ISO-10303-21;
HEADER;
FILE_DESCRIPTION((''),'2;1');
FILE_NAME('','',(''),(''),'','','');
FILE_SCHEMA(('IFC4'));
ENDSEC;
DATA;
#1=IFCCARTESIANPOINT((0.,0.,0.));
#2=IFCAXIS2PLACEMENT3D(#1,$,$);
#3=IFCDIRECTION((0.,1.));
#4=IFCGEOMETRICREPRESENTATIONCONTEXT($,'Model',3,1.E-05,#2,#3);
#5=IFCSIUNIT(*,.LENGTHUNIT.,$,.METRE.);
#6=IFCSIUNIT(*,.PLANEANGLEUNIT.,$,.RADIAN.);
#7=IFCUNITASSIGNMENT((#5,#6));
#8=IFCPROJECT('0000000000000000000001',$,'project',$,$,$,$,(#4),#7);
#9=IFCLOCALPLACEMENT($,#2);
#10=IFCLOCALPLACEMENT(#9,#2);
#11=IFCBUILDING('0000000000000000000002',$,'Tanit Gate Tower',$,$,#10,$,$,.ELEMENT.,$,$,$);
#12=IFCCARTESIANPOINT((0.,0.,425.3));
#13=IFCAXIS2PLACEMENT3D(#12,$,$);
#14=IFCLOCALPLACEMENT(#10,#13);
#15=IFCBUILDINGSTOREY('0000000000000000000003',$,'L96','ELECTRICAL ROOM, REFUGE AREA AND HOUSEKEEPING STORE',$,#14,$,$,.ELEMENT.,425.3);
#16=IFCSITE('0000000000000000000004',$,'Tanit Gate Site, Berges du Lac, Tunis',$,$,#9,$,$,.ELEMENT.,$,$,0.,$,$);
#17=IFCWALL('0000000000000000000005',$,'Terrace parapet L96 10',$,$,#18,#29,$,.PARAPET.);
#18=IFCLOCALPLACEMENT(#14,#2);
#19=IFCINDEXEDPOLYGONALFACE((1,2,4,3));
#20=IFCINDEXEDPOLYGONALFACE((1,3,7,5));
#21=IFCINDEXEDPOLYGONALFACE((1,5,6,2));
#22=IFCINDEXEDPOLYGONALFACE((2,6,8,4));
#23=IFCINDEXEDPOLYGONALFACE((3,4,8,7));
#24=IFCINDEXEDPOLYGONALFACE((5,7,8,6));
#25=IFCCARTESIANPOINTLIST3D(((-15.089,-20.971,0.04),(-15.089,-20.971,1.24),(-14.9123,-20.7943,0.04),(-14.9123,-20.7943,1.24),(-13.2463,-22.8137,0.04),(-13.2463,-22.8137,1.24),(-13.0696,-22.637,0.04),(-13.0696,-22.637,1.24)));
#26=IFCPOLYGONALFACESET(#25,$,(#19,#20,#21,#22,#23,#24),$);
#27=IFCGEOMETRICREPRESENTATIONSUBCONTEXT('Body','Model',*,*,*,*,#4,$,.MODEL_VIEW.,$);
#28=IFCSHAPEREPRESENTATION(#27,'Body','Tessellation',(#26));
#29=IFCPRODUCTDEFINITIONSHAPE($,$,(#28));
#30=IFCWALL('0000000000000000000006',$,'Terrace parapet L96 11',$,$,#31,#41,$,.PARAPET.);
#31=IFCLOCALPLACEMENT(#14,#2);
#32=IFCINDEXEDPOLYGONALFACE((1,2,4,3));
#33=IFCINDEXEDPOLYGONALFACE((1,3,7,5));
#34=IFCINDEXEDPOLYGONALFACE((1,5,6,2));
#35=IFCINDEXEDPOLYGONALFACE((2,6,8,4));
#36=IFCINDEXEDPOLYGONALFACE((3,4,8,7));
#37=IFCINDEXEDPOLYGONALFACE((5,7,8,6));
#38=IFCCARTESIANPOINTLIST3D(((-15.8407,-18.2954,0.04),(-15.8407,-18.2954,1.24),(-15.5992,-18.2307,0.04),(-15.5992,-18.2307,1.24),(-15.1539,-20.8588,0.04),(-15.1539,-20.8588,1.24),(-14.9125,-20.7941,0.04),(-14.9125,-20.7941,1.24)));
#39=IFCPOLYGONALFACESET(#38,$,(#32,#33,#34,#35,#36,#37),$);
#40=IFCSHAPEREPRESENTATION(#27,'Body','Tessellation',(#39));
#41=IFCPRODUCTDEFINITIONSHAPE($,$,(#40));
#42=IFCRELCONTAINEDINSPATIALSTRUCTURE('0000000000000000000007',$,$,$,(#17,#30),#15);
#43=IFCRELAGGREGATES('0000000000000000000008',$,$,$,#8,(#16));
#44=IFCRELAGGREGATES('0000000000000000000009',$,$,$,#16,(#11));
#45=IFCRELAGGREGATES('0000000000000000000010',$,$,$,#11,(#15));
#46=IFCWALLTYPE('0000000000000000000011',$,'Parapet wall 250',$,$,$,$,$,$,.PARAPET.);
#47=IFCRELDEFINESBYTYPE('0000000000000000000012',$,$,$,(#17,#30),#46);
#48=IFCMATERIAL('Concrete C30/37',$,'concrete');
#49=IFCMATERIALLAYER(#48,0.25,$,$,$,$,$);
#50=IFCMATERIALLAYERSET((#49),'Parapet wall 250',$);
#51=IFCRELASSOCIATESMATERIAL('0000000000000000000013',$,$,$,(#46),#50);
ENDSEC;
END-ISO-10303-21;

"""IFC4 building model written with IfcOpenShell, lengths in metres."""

from ifc_helpers import new_model, si_unit, direction, frame, frame_2d, origin, place, context, subcontext, project, spatial, rectangle, extrude, material, layer, layer_set, type_object, element, save


model = new_model("IFC4")

# Units and contexts
model_context = context("Model", 3, precision=1e-05, world=origin(), true_north=direction((0.0, 1.0)))
body_context = subcontext(model_context, "Body", "Model", "MODEL_VIEW")
ifc_project = project(units=[si_unit("LENGTHUNIT", "METRE"), si_unit("PLANEANGLEUNIT", "RADIAN")], contexts=[model_context])

# Site, building, storey
site_placement = place(None, origin())
site = spatial("IfcSite", under=ifc_project, at=site_placement, Name="Tanit Gate Site, Berges du Lac, Tunis", CompositionType="ELEMENT", RefElevation=0.0)
building_placement = place(site_placement, origin())
building = spatial("IfcBuilding", under=site, at=building_placement, Name="Tanit Gate Tower", CompositionType="ELEMENT")
storey_placement = place(building_placement, frame((0.0, 0.0, 425.3)))
storey = spatial("IfcBuildingStorey", under=building, at=storey_placement, Name="L96", Description="ELECTRICAL ROOM, REFUGE AREA AND HOUSEKEEPING STORE", CompositionType="ELEMENT", Elevation=425.3)

# Walls
ifc_material_1 = material(Name="Concrete C30/37", Category="concrete")
ifc_layer_1 = layer(ifc_material_1, 0.25)
ifc_layer_set_1 = layer_set([ifc_layer_1], Name="Parapet wall 250")
wall_type_1 = type_object("IfcWallType", Name="Parapet wall 250", PredefinedType="PARAPET", material=ifc_layer_set_1)
wall_1_placement = place(storey_placement, frame((-13.158, -22.7253, 0.04), z_axis=(0.0, 0.0, 1.0), x_axis=(-0.707107, 0.707107, 0.0)))
element("IfcWall", 1, at=wall_1_placement, inside=storey, type_object=wall_type_1, Name="Terrace parapet L96 10", PredefinedType="PARAPET", context=body_context, shape_type="SweptSolid", body=[
    extrude(rectangle(XDim=2.606, YDim=0.25, at=frame_2d((1.303, 0.0))), origin(), (0.0, 0.0, 1.0), 1.2),
])
wall_2_placement = place(storey_placement, frame((-15.0332, -20.8264, 0.04), z_axis=(0.0, 0.0, 1.0), x_axis=(-0.258779, 0.965937, 0.0)))
element("IfcWall", 2, at=wall_2_placement, inside=storey, type_object=wall_type_1, Name="Terrace parapet L96 11", PredefinedType="PARAPET", context=body_context, shape_type="SweptSolid", body=[
    extrude(rectangle(XDim=2.6538, YDim=0.25, at=frame_2d((1.3269, 0.0))), origin(), (0.0, 0.0, 1.0), 1.2),
])

save(model, "model.ifc")
